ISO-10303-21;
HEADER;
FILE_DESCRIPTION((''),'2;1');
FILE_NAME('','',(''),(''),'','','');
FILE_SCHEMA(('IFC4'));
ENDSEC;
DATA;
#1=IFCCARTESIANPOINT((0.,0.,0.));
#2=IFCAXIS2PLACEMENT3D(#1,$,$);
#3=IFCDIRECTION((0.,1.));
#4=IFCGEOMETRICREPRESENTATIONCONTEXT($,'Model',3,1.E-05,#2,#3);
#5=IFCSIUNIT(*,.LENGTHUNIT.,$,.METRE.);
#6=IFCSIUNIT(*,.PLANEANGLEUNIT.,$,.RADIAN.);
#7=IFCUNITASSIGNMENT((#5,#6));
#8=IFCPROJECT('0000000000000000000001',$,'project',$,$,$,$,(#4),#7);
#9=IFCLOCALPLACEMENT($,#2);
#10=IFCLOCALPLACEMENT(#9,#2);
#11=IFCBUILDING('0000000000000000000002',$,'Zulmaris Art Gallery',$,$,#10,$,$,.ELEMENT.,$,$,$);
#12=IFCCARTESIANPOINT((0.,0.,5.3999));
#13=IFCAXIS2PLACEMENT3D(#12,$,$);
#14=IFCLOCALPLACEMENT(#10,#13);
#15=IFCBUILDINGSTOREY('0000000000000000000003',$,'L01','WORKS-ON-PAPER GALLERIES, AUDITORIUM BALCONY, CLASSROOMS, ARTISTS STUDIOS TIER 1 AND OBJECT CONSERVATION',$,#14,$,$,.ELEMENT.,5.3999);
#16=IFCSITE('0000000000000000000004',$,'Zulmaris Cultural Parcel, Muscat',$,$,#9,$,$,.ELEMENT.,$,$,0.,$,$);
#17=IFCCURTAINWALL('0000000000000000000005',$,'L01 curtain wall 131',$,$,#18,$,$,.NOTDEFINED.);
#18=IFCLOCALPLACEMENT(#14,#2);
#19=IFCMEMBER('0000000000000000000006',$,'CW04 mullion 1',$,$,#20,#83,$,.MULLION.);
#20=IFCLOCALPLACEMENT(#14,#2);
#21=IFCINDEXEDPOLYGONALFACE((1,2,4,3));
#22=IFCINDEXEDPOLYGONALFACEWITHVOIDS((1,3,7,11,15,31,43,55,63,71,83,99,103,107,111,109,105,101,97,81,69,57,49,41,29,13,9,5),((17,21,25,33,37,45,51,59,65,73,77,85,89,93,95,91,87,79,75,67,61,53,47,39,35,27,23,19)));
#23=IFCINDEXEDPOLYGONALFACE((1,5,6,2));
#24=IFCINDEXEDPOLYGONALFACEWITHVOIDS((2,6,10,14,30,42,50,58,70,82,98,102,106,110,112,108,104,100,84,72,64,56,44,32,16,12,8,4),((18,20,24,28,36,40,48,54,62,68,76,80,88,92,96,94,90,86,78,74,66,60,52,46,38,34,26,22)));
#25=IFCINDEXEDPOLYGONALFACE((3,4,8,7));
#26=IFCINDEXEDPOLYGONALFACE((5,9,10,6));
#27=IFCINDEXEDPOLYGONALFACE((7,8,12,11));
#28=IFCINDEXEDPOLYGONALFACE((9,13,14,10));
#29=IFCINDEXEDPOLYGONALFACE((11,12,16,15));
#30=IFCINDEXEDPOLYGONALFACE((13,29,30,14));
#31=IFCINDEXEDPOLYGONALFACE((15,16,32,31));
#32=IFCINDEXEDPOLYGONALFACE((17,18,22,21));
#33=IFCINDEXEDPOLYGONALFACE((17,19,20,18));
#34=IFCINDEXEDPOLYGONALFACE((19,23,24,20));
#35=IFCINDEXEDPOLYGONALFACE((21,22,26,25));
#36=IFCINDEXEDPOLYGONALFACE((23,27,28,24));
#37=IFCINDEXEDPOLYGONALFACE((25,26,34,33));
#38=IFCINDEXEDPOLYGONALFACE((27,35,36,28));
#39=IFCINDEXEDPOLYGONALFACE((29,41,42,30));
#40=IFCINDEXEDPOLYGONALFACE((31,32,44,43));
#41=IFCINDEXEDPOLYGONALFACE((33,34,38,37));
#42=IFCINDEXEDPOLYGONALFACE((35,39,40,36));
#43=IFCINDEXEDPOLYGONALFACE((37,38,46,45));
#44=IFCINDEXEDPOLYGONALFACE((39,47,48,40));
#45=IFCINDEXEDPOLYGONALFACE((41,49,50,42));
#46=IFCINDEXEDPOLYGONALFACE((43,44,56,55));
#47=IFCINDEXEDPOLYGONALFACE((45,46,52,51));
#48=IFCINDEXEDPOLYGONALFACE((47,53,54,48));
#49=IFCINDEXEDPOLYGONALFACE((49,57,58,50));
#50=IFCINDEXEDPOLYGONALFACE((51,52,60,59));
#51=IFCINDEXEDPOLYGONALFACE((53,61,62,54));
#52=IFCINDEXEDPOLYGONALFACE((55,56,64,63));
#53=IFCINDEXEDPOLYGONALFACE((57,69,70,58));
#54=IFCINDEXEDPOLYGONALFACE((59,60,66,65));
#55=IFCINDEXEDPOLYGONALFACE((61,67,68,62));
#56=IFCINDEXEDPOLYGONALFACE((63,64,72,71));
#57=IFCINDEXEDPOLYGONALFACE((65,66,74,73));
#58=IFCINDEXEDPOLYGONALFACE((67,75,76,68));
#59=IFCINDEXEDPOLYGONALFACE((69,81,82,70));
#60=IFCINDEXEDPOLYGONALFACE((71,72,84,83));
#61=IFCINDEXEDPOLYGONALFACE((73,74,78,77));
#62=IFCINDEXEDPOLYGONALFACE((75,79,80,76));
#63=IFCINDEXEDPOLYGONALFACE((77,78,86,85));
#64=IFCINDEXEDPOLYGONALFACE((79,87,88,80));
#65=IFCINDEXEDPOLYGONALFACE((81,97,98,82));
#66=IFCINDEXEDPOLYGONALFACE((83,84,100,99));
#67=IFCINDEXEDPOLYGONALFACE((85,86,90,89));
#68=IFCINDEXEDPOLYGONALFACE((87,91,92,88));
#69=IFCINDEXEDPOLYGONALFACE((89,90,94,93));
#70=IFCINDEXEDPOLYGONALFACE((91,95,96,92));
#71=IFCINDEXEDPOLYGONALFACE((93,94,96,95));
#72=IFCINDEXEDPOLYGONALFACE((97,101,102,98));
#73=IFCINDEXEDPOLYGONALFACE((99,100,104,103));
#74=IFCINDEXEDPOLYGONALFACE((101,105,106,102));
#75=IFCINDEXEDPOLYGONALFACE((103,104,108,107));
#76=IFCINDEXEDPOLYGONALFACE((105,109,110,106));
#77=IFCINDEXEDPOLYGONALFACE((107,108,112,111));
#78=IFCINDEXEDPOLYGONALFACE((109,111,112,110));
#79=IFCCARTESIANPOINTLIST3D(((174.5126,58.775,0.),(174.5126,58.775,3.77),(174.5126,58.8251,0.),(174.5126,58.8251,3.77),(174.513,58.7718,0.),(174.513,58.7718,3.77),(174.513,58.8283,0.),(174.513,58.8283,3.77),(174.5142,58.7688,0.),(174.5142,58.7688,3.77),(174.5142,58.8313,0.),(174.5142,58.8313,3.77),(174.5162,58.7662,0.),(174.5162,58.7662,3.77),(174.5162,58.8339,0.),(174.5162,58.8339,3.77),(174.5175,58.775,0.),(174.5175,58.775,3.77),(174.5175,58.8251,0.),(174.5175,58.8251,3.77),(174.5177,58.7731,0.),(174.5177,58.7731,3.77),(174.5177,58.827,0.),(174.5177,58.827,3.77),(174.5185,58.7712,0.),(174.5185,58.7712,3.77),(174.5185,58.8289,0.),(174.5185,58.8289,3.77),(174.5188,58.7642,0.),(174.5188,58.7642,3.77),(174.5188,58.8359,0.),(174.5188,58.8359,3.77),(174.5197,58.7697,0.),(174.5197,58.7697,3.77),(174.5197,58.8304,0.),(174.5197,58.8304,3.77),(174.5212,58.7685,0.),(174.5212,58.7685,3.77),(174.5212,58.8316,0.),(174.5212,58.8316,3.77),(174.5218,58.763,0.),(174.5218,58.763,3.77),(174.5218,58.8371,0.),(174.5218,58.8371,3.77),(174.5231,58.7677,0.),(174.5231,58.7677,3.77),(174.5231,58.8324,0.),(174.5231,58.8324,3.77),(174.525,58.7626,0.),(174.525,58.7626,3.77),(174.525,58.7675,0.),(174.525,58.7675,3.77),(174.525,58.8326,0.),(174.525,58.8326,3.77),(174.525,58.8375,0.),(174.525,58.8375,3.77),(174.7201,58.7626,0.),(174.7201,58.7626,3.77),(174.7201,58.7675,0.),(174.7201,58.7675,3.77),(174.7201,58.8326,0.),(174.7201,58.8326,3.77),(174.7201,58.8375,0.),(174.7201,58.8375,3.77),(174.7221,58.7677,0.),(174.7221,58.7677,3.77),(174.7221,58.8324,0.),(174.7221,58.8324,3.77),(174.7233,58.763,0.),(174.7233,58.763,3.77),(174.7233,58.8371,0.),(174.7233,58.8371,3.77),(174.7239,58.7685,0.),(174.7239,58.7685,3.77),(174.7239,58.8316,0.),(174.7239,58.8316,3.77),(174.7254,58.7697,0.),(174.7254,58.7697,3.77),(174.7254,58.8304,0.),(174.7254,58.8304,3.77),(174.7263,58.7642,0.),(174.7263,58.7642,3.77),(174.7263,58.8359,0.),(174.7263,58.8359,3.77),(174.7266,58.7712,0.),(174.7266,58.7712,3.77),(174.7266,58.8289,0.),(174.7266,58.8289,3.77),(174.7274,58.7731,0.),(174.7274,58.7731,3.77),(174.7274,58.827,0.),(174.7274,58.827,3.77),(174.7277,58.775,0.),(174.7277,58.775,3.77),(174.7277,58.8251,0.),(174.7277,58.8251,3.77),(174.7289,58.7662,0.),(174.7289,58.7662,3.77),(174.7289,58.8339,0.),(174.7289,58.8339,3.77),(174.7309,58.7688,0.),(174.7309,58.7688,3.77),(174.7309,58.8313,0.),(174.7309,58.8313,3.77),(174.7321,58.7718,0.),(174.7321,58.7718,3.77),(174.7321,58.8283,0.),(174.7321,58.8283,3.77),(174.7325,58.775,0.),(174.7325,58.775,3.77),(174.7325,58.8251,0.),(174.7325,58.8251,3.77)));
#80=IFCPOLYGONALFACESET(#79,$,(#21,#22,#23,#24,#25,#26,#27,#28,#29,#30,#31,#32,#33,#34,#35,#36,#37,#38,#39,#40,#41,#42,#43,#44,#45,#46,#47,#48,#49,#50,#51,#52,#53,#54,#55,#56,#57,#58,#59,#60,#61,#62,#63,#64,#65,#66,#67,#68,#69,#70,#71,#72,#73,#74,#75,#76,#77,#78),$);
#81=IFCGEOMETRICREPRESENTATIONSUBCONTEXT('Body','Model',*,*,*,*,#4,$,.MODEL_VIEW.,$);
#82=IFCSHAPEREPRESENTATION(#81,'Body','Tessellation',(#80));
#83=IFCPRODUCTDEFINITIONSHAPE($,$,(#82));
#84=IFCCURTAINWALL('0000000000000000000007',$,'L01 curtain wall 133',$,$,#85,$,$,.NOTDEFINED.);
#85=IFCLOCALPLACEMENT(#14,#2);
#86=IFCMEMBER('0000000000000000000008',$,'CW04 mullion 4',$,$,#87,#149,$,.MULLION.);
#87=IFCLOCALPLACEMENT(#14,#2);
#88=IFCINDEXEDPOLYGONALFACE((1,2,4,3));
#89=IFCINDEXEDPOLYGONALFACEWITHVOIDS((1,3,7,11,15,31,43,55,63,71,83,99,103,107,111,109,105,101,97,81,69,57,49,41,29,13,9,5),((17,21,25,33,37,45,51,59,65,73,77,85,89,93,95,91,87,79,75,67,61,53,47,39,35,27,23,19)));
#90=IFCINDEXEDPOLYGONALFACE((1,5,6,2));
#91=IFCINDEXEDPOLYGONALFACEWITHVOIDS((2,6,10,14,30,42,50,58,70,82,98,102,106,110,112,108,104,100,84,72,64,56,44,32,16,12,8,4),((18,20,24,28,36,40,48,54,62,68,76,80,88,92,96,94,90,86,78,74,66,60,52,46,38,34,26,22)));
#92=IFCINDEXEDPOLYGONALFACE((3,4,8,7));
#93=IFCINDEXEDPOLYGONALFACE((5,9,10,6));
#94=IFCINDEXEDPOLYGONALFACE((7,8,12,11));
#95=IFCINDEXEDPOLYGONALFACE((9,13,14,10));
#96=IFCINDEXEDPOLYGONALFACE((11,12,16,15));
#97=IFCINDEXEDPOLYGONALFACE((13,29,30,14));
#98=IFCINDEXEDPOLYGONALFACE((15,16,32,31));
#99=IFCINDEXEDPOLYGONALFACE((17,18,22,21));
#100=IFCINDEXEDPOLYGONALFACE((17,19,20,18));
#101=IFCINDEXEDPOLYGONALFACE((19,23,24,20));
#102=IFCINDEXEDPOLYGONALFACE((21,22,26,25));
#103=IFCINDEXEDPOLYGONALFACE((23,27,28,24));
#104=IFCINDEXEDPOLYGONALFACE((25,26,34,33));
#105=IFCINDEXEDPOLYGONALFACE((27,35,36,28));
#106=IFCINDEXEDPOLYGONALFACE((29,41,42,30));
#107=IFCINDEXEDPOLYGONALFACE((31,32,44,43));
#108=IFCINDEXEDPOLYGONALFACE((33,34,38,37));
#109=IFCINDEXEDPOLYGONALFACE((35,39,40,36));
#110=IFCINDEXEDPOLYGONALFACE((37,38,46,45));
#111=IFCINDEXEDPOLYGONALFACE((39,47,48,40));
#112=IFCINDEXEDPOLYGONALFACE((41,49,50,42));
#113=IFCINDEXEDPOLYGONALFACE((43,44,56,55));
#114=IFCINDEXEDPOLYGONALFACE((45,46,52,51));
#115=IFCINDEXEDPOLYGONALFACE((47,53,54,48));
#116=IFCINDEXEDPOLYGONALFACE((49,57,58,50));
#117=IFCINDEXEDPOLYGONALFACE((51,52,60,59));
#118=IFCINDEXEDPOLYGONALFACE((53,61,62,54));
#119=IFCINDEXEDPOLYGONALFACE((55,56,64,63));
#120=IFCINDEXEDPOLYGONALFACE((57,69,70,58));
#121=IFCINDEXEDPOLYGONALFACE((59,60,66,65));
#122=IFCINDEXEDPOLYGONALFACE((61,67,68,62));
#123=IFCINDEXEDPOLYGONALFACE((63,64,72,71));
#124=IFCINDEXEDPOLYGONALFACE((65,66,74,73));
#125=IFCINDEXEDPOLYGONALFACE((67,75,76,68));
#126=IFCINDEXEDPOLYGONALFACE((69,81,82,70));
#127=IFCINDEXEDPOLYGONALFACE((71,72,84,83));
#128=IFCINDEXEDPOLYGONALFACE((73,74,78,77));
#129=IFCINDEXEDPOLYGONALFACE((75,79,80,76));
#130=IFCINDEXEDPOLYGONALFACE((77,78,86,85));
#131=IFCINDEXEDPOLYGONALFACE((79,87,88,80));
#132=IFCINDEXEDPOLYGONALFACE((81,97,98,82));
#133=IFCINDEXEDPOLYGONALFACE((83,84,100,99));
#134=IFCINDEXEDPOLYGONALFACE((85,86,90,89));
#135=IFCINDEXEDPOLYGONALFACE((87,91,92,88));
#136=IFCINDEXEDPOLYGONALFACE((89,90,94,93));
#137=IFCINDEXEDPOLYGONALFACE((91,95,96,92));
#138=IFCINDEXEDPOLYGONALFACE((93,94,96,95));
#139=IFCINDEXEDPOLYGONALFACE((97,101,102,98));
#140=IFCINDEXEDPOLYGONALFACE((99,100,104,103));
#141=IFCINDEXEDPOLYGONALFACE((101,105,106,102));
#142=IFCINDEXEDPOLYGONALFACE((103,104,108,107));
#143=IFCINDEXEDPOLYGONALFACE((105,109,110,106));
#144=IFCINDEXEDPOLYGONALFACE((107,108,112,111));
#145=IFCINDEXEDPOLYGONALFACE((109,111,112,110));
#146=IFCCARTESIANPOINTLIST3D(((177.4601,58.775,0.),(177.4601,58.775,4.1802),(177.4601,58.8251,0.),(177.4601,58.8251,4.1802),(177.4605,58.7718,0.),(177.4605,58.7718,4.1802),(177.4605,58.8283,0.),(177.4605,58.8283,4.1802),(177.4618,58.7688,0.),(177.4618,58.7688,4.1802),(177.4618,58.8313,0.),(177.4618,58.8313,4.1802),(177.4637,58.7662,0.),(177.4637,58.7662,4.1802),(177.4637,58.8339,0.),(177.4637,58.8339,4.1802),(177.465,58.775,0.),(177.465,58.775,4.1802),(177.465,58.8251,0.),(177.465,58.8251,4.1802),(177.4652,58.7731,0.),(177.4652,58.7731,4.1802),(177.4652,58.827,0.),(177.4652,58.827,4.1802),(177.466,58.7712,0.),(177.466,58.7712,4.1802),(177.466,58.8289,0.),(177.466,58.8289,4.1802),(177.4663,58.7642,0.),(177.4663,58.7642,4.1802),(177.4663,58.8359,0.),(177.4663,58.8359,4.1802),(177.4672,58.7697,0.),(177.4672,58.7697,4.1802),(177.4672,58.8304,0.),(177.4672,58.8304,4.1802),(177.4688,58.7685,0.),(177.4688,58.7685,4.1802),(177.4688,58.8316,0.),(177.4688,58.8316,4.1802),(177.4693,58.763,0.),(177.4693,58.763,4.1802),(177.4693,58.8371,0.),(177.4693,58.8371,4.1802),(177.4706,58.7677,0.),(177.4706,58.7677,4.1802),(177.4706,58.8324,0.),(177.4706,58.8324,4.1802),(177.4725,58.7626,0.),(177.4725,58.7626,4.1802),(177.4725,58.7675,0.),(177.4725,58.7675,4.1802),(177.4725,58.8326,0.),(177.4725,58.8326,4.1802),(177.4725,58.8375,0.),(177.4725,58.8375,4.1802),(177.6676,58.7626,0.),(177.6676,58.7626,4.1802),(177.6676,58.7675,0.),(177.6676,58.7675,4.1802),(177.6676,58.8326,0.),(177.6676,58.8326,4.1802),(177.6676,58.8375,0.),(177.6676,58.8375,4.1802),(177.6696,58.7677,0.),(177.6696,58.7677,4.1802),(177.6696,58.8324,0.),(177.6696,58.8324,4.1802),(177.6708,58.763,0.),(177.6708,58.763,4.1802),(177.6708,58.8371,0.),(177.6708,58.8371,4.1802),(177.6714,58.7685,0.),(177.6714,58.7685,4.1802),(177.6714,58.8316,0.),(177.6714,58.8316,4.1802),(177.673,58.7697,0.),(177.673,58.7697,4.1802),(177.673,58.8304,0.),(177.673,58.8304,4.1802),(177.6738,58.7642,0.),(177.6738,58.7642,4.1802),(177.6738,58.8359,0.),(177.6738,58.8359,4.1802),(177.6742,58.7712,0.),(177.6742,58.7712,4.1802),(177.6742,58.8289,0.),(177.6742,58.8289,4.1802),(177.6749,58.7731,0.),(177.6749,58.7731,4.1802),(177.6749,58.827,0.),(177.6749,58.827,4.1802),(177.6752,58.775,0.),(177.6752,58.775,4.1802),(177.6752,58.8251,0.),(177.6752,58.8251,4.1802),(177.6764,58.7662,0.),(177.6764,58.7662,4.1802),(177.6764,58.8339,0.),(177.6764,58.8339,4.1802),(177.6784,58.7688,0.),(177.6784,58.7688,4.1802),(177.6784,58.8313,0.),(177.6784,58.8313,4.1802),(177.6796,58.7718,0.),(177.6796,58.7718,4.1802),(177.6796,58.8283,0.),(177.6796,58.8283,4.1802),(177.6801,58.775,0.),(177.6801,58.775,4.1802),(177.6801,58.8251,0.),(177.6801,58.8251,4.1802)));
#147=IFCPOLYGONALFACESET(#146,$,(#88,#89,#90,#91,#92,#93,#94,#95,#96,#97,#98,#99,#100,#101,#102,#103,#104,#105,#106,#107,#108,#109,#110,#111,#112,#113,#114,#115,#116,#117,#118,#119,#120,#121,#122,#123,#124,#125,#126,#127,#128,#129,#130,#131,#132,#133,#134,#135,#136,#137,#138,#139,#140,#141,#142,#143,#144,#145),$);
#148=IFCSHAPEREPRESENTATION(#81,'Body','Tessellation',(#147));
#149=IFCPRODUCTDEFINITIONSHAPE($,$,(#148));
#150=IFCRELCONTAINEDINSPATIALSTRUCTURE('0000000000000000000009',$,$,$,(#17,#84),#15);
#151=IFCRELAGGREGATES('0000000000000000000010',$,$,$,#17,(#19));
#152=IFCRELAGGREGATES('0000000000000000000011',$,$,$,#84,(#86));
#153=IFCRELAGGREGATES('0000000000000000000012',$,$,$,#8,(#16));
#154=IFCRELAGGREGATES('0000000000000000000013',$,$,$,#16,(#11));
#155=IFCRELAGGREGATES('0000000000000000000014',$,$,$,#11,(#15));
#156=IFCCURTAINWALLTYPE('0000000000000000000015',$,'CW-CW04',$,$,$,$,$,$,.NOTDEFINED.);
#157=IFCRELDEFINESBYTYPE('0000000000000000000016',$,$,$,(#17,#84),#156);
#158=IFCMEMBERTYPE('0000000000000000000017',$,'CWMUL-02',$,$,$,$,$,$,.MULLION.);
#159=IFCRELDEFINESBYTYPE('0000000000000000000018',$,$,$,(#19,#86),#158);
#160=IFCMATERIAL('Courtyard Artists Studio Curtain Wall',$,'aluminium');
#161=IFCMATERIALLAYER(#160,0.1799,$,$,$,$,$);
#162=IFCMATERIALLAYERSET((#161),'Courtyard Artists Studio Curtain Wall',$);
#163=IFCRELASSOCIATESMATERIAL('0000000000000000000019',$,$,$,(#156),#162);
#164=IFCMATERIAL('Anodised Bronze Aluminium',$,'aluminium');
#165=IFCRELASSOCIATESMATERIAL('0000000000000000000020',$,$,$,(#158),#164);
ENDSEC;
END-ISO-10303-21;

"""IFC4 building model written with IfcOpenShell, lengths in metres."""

from ifc_helpers import new_model, si_unit, direction, frame, origin, origin_2d, place, context, subcontext, project, spatial, hollow_rectangle, extrude, material, layer, layer_set, material_profile, profile_set, type_object, element, aggregate, save


model = new_model("IFC4")

# Units and contexts
model_context = context("Model", 3, precision=1e-05, world=origin(), true_north=direction((0.0, 1.0)))
body_context = subcontext(model_context, "Body", "Model", "MODEL_VIEW")
ifc_project = project(units=[si_unit("LENGTHUNIT", "METRE"), si_unit("PLANEANGLEUNIT", "RADIAN")], contexts=[model_context])

# Site, building, storey
site_placement = place(None, origin())
site = spatial("IfcSite", under=ifc_project, at=site_placement, Name="Zulmaris Cultural Parcel, Muscat", CompositionType="ELEMENT", RefElevation=0.0)
building_placement = place(site_placement, origin())
building = spatial("IfcBuilding", under=site, at=building_placement, Name="Zulmaris Art Gallery", CompositionType="ELEMENT")
storey_placement = place(building_placement, frame((0.0, 0.0, 5.3999)))
storey = spatial("IfcBuildingStorey", under=building, at=storey_placement, Name="L01", Description="WORKS-ON-PAPER GALLERIES, AUDITORIUM BALCONY, CLASSROOMS, ARTISTS STUDIOS TIER 1 AND OBJECT CONSERVATION", CompositionType="ELEMENT", Elevation=5.3999)

# Curtain wall, member
ifc_material_1 = material(Name="Courtyard Artists Studio Curtain Wall", Category="aluminium")
ifc_layer_1 = layer(ifc_material_1, 0.1799)
ifc_layer_set_1 = layer_set([ifc_layer_1], Name="Courtyard Artists Studio Curtain Wall")
curtain_wall_type = type_object("IfcCurtainWallType", Name="CW-CW04", PredefinedType="NOTDEFINED", material=ifc_layer_set_1)
curtain_wall_1_placement = place(storey_placement, origin())
curtain_wall_1 = element("IfcCurtainWall", 1, at=curtain_wall_1_placement, inside=storey, type_object=curtain_wall_type, Name="L01 curtain wall 131", PredefinedType="NOTDEFINED")
ifc_material_2 = material(Name="Anodised Bronze Aluminium", Category="aluminium")
ifc_material_profile_1 = material_profile(ifc_material_2, hollow_rectangle(XDim=0.075, YDim=0.22, WallThickness=0.0049, InnerFilletRadius=0.0076, OuterFilletRadius=0.0125, at=origin_2d()), Name="ALU 75x220x5")
ifc_profile_set_1 = profile_set([ifc_material_profile_1], Name="Anodised Bronze Aluminium")
member_type_1 = type_object("IfcMemberType", Name="CWMUL-02", PredefinedType="MULLION", material=ifc_profile_set_1)
member_1_placement = place(storey_placement, frame((174.6226, 58.8, 0.0), z_axis=(0.0, 0.0, 1.0), x_axis=(0.0, -1.0, 0.0)))
member_1 = element("IfcMember", 2, at=member_1_placement, type_object=member_type_1, Name="CW04 mullion 1", PredefinedType="MULLION", context=body_context, shape_type="SweptSolid", body=[
    extrude(hollow_rectangle(XDim=0.075, YDim=0.22, WallThickness=0.0049, InnerFilletRadius=0.0076, OuterFilletRadius=0.0125, at=origin_2d()), origin(), (0.0, 0.0, 1.0), 3.77),
])

# Curtain wall, member
curtain_wall_2_placement = place(storey_placement, origin())
curtain_wall_2 = element("IfcCurtainWall", 3, at=curtain_wall_2_placement, inside=storey, type_object=curtain_wall_type, Name="L01 curtain wall 133", PredefinedType="NOTDEFINED")
member_2_placement = place(storey_placement, frame((177.5701, 58.8, 0.0), z_axis=(0.0, 0.0, 1.0), x_axis=(0.0, -1.0, 0.0)))
member_2 = element("IfcMember", 4, at=member_2_placement, type_object=member_type_1, Name="CW04 mullion 4", PredefinedType="MULLION", context=body_context, shape_type="SweptSolid", body=[
    extrude(hollow_rectangle(XDim=0.075, YDim=0.22, WallThickness=0.0049, InnerFilletRadius=0.0076, OuterFilletRadius=0.0125, at=origin_2d()), origin(), (0.0, 0.0, 1.0), 4.1802),
])

aggregate(curtain_wall_1, [member_1])

aggregate(curtain_wall_2, [member_2])

save(model, "model.ifc")
